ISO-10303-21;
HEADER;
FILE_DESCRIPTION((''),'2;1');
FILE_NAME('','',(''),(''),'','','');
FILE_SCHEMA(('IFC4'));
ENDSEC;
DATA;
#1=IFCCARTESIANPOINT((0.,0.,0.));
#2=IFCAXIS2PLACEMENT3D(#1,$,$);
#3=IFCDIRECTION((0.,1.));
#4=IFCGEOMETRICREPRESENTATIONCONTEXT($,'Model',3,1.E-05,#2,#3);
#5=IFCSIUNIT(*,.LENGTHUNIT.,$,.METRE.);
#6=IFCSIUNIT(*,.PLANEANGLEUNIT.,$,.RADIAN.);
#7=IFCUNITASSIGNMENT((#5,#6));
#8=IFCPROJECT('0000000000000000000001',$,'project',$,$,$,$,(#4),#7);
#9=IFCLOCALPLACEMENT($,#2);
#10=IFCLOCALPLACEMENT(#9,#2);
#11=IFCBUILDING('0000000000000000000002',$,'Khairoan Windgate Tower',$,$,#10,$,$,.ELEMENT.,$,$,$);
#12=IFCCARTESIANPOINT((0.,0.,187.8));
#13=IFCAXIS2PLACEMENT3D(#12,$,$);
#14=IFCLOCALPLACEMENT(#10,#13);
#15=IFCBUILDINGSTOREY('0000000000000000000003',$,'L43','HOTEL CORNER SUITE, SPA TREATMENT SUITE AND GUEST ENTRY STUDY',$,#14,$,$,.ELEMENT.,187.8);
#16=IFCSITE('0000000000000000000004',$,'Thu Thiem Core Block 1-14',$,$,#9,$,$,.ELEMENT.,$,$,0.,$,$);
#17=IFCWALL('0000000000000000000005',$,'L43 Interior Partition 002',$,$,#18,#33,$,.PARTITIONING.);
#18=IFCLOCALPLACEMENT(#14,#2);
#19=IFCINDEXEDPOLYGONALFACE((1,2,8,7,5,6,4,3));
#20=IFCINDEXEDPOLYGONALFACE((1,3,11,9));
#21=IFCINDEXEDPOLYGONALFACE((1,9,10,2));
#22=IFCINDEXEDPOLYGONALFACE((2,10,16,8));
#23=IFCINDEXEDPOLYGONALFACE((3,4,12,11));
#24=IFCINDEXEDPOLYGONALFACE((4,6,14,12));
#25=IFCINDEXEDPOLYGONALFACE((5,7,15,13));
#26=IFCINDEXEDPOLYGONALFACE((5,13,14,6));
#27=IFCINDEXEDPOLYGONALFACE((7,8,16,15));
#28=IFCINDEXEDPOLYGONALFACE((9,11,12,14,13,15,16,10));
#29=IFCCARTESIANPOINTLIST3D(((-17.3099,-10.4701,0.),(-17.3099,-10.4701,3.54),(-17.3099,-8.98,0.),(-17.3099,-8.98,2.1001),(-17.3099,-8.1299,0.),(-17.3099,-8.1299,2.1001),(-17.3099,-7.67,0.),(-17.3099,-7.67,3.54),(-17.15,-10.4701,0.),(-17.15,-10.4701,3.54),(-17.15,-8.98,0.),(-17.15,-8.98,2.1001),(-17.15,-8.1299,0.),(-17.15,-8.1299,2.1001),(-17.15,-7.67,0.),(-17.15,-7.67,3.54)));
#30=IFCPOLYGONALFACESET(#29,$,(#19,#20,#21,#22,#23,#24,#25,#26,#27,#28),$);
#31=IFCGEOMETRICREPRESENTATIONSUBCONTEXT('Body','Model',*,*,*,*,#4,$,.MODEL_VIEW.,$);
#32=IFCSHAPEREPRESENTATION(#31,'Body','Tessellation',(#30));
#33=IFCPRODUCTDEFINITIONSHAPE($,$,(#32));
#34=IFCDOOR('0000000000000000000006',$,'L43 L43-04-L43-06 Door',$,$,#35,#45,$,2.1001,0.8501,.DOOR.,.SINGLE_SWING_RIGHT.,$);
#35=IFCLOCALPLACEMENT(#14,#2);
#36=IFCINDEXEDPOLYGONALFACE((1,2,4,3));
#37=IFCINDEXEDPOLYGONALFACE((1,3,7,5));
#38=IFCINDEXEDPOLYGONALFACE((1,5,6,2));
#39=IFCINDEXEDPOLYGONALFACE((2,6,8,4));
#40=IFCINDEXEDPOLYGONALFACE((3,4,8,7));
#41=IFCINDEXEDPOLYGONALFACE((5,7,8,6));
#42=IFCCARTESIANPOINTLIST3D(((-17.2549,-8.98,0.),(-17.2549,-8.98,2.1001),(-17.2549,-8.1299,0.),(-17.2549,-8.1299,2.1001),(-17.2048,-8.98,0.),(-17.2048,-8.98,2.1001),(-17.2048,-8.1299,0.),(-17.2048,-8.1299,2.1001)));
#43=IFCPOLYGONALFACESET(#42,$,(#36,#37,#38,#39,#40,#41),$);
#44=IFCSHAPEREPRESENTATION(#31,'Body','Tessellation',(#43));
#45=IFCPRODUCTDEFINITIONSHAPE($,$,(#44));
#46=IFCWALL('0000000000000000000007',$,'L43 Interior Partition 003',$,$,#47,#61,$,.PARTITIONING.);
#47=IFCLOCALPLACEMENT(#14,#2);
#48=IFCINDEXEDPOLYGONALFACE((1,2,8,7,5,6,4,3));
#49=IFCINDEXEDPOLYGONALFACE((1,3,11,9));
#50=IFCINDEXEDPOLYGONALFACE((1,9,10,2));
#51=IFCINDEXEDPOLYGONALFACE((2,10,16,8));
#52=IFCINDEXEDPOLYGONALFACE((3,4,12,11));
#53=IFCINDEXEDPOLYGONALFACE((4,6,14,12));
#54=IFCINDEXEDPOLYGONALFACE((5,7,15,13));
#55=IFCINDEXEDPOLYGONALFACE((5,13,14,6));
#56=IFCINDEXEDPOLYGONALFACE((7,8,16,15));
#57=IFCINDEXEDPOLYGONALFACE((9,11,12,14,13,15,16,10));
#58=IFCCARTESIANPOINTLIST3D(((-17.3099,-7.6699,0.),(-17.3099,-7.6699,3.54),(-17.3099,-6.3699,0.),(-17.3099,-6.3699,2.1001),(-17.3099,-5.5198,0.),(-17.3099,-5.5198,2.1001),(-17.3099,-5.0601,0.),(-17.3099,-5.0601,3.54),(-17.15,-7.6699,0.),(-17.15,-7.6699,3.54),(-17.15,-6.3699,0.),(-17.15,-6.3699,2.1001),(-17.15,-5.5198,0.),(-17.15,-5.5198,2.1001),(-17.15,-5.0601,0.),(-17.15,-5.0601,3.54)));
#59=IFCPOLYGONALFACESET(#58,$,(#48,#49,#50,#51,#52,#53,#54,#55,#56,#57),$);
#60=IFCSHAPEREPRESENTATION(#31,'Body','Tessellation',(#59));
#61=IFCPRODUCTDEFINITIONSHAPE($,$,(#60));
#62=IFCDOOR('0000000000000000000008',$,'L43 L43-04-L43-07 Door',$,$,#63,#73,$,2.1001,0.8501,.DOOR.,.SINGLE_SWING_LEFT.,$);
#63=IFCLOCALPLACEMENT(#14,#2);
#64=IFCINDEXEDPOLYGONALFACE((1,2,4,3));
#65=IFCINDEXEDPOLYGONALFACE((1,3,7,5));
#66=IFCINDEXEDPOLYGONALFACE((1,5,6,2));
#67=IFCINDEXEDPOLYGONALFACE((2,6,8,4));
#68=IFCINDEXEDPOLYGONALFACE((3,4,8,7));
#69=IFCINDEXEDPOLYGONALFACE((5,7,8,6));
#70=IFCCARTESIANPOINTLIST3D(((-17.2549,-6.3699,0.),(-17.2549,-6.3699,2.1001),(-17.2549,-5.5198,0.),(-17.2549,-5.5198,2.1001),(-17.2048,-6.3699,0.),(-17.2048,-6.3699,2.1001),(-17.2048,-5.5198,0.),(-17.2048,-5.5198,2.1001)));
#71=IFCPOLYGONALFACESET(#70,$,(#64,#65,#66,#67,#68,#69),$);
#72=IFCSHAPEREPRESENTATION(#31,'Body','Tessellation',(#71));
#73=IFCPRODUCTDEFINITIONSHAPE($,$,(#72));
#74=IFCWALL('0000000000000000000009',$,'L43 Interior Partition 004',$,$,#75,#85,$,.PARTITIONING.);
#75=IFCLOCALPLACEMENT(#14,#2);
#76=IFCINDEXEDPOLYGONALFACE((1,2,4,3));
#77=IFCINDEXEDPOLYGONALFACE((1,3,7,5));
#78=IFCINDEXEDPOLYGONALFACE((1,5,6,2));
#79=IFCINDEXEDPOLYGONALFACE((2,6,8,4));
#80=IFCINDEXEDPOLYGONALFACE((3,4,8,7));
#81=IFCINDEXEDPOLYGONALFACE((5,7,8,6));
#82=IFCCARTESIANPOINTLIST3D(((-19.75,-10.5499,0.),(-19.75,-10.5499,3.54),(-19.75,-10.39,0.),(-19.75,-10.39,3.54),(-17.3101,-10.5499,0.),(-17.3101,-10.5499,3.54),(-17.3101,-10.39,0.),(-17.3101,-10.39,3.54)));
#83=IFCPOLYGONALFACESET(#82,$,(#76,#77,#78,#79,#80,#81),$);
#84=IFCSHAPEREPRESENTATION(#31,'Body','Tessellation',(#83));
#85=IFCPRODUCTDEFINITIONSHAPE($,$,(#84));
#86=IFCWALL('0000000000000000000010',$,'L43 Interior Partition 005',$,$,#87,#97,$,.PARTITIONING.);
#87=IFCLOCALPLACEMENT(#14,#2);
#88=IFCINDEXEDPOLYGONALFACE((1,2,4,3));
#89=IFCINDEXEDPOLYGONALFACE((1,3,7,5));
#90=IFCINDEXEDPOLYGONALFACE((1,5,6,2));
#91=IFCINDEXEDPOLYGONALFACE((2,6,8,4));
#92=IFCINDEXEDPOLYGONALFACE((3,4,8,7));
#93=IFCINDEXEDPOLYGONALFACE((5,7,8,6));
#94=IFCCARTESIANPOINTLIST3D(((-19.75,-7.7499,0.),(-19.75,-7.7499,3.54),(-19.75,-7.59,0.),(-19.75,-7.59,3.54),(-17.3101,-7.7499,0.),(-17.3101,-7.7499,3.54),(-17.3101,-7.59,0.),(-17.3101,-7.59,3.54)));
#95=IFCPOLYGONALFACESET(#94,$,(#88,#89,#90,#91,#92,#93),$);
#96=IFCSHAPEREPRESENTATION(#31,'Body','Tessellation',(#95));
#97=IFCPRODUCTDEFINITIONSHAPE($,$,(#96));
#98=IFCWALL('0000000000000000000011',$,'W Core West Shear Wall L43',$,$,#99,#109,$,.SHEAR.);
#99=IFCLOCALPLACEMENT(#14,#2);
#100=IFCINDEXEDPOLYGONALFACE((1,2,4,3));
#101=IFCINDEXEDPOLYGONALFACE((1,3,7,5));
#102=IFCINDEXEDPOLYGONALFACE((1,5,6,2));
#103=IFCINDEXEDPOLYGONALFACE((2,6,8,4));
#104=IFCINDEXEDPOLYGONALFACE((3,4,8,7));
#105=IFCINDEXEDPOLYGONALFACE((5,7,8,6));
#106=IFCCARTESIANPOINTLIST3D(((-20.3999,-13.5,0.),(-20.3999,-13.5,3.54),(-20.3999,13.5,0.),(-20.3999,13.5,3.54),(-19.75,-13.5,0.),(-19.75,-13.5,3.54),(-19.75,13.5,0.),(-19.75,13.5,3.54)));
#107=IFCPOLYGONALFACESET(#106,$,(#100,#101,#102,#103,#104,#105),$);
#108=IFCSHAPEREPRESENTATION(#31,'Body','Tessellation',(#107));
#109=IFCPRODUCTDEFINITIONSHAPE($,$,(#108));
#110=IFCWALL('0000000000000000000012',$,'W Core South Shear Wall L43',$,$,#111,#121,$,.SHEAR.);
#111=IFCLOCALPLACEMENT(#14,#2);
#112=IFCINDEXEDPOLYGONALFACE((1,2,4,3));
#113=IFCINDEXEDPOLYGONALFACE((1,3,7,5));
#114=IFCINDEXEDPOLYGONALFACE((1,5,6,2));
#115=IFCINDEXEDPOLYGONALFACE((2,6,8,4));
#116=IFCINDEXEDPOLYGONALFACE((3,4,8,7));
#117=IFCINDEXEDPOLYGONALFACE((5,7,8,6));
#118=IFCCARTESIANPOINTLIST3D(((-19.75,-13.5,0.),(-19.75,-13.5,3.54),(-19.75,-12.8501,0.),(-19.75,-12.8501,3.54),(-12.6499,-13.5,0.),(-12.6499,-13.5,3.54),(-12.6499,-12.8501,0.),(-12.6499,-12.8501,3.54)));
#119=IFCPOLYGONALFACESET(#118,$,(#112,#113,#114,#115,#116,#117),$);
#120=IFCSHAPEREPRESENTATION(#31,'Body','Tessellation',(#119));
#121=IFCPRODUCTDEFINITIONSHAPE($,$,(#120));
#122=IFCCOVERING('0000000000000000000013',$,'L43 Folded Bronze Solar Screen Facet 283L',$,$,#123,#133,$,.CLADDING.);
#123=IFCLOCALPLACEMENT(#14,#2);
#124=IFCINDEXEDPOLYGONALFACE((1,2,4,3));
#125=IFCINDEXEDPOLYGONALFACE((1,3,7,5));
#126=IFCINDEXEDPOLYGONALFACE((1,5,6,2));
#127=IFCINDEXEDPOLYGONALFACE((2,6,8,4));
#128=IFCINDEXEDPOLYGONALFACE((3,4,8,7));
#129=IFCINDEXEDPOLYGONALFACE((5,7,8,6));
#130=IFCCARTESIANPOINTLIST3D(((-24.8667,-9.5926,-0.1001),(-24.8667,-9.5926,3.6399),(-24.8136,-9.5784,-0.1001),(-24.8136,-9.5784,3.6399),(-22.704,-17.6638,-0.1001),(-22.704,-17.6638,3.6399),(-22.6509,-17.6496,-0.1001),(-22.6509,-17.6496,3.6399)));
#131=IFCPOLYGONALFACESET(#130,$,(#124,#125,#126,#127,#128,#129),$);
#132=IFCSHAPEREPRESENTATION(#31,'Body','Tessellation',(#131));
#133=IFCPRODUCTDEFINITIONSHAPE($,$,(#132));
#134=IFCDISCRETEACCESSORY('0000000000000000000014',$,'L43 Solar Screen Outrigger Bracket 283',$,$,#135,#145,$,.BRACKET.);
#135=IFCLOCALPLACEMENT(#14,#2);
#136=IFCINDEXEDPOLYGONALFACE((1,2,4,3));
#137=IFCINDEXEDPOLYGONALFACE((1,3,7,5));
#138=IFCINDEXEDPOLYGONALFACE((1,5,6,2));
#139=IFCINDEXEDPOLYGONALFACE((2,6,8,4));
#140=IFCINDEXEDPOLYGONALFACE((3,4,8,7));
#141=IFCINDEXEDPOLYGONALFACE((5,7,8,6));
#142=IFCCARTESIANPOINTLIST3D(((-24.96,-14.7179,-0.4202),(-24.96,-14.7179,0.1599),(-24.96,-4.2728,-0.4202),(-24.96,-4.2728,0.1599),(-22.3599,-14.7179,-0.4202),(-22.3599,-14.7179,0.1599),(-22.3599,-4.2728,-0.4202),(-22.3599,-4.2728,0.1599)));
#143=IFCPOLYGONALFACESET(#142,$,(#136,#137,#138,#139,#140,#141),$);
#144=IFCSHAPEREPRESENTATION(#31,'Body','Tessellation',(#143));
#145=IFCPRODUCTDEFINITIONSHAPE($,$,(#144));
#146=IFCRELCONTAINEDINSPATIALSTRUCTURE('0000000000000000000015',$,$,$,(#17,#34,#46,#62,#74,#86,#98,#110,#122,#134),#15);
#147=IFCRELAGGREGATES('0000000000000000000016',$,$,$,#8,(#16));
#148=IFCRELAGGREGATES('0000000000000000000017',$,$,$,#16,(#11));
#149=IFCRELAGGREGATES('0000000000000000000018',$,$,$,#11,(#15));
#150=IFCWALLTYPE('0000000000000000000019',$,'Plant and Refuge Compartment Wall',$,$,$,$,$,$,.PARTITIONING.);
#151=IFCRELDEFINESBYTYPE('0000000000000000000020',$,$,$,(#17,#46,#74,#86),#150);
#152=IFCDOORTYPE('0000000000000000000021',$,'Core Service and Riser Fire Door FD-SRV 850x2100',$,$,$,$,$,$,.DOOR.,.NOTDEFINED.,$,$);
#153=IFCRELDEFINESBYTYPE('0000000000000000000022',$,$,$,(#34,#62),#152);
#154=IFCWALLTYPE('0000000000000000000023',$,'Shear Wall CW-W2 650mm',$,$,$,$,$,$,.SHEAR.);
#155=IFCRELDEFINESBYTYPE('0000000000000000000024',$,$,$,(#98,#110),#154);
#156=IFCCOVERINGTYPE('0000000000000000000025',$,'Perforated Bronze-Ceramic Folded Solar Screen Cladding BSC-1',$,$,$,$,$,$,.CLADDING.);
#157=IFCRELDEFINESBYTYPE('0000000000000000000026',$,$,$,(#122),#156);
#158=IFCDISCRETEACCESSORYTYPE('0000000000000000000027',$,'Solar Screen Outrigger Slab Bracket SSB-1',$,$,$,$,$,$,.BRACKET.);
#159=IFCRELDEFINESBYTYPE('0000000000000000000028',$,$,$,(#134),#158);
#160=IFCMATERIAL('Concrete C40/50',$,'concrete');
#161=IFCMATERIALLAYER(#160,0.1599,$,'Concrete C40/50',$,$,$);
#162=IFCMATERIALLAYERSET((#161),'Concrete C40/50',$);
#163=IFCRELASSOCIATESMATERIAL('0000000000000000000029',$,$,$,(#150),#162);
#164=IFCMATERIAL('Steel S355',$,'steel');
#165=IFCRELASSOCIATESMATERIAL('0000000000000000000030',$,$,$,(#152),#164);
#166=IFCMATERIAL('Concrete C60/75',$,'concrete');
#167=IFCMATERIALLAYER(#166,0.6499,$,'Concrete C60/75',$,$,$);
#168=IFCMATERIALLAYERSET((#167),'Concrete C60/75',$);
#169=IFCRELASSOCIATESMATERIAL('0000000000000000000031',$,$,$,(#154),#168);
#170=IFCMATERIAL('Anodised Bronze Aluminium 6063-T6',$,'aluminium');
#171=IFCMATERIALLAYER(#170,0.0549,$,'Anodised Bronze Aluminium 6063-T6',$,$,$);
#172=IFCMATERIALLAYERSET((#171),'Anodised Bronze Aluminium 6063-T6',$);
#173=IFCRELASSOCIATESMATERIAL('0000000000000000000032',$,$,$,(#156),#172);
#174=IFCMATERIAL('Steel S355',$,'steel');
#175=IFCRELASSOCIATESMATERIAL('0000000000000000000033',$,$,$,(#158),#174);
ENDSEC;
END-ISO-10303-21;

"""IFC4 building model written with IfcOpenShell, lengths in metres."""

from ifc_helpers import new_model, si_unit, direction, frame, frame_2d, origin, origin_2d, place, context, subcontext, project, spatial, rectangle, extrude, material, layer, layer_set, type_object, element, fill, save


model = new_model("IFC4")

# Units and contexts
model_context = context("Model", 3, precision=1e-05, world=origin(), true_north=direction((0.0, 1.0)))
body_context = subcontext(model_context, "Body", "Model", "MODEL_VIEW")
ifc_project = project(units=[si_unit("LENGTHUNIT", "METRE"), si_unit("PLANEANGLEUNIT", "RADIAN")], contexts=[model_context])

# Site, building, storey
site_placement = place(None, origin())
site = spatial("IfcSite", under=ifc_project, at=site_placement, Name="Thu Thiem Core Block 1-14", CompositionType="ELEMENT", RefElevation=0.0)
building_placement = place(site_placement, origin())
building = spatial("IfcBuilding", under=site, at=building_placement, Name="Khairoan Windgate Tower", CompositionType="ELEMENT")
storey_placement = place(building_placement, frame((0.0, 0.0, 187.8)))
storey = spatial("IfcBuildingStorey", under=building, at=storey_placement, Name="L43", Description="HOTEL CORNER SUITE, SPA TREATMENT SUITE AND GUEST ENTRY STUDY", CompositionType="ELEMENT", Elevation=187.8)

# Walls, openings, doors
ifc_material_1 = material(Name="Concrete C40/50", Category="concrete")
ifc_layer_1 = layer(ifc_material_1, 0.1599, Name="Concrete C40/50")
ifc_layer_set_1 = layer_set([ifc_layer_1], Name="Concrete C40/50")
wall_type_1 = type_object("IfcWallType", Name="Plant and Refuge Compartment Wall", PredefinedType="PARTITIONING", material=ifc_layer_set_1)
ifc_material_2 = material(Name="Steel S355", Category="steel")
door_type = type_object("IfcDoorType", Name="Core Service and Riser Fire Door FD-SRV 850x2100", OperationType="NOTDEFINED", PredefinedType="DOOR", material=ifc_material_2)
wall_1_placement = place(storey_placement, frame((-17.23, -10.47, 0.0), z_axis=(0.0, 0.0, 1.0), x_axis=(0.0, 1.0, 0.0)))
wall_1 = element("IfcWall", 1, at=wall_1_placement, inside=storey, type_object=wall_type_1, Name="L43 Interior Partition 002", PredefinedType="PARTITIONING", context=body_context, shape_type="SweptSolid", body=[
    extrude(rectangle(XDim=2.8, YDim=0.1599, at=frame_2d((1.3999, 0.0))), origin(), (0.0, 0.0, 1.0), 3.54),
])
opening_1_placement = place(wall_1_placement, frame((1.49, 0.0, 0.0)))
opening_1 = element("IfcOpeningElement", 2, at=opening_1_placement, cuts=wall_1, PredefinedType="OPENING", context=body_context, shape_type="SweptSolid", body=[
    extrude(rectangle(XDim=0.8501, YDim=2.1001, at=frame_2d((0.425, 1.05))), frame((0.0, 0.0898, 0.0), z_axis=(0.0, -1.0, 0.0), x_axis=(1.0, 0.0, 0.0)), (0.0, 0.0, 1.0), 0.1799),
])
door_1_placement = place(opening_1_placement, origin())
door_1 = element("IfcDoor", 3, at=door_1_placement, inside=storey, type_object=door_type, Name="L43 L43-04-L43-06 Door", OperationType="SINGLE_SWING_RIGHT", OverallHeight=2.1001, OverallWidth=0.8501, PredefinedType="DOOR", context=body_context, shape_type="SweptSolid", body=[
    extrude(rectangle(XDim=0.8501, YDim=2.1001, at=frame_2d((0.425, 1.05))), frame((0.0, 0.0249, 0.0), z_axis=(0.0, -1.0, 0.0), x_axis=(1.0, 0.0, 0.0)), (0.0, 0.0, 1.0), 0.05),
])
fill(opening_1, door_1)
wall_2_placement = place(storey_placement, frame((-17.23, -7.6699, 0.0), z_axis=(0.0, 0.0, 1.0), x_axis=(0.0, 1.0, 0.0)))
wall_2 = element("IfcWall", 4, at=wall_2_placement, inside=storey, type_object=wall_type_1, Name="L43 Interior Partition 003", PredefinedType="PARTITIONING", context=body_context, shape_type="SweptSolid", body=[
    extrude(rectangle(XDim=2.6099, YDim=0.1599, at=frame_2d((1.3049, 0.0))), origin(), (0.0, 0.0, 1.0), 3.54),
])
opening_2_placement = place(wall_2_placement, frame((1.3, 0.0, 0.0)))
opening_2 = element("IfcOpeningElement", 5, at=opening_2_placement, cuts=wall_2, PredefinedType="OPENING", context=body_context, shape_type="SweptSolid", body=[
    extrude(rectangle(XDim=0.8501, YDim=2.1001, at=frame_2d((0.425, 1.05))), frame((0.0, 0.0898, 0.0), z_axis=(0.0, -1.0, 0.0), x_axis=(1.0, 0.0, 0.0)), (0.0, 0.0, 1.0), 0.1799),
])
door_2_placement = place(opening_2_placement, origin())
door_2 = element("IfcDoor", 6, at=door_2_placement, inside=storey, type_object=door_type, Name="L43 L43-04-L43-07 Door", OperationType="SINGLE_SWING_LEFT", OverallHeight=2.1001, OverallWidth=0.8501, PredefinedType="DOOR", context=body_context, shape_type="SweptSolid", body=[
    extrude(rectangle(XDim=0.8501, YDim=2.1001, at=frame_2d((0.425, 1.05))), frame((0.0, 0.0249, 0.0), z_axis=(0.0, -1.0, 0.0), x_axis=(1.0, 0.0, 0.0)), (0.0, 0.0, 1.0), 0.05),
])
fill(opening_2, door_2)

# Walls
for number, where, z_axis, x_axis, name in (
    (7, (-19.75, -10.47, 0.0), (0.0, 0.0, 1.0), (1.0, 0.0, 0.0), "L43 Interior Partition 004"),
    (8, (-19.75, -7.6699, 0.0), (0.0, 0.0, 1.0), (1.0, 0.0, 0.0), "L43 Interior Partition 005"),
):
    element("IfcWall", number, at=place(storey_placement, frame(where, z_axis=z_axis, x_axis=x_axis)), inside=storey, type_object=wall_type_1, Name=name, PredefinedType="PARTITIONING", context=body_context, shape_type="SweptSolid", body=[
        extrude(rectangle(XDim=2.4399, YDim=0.1599, at=frame_2d((1.22, 0.0))), origin(), (0.0, 0.0, 1.0), 3.54),
    ])
ifc_material_3 = material(Name="Concrete C60/75", Category="concrete")
ifc_layer_2 = layer(ifc_material_3, 0.6499, Name="Concrete C60/75")
ifc_layer_set_2 = layer_set([ifc_layer_2], Name="Concrete C60/75")
wall_type_2 = type_object("IfcWallType", Name="Shear Wall CW-W2 650mm", PredefinedType="SHEAR", material=ifc_layer_set_2)
wall_3_placement = place(storey_placement, frame((-20.075, -13.5, 0.0), z_axis=(0.0, 0.0, 1.0), x_axis=(0.0, 1.0, 0.0)))
element("IfcWall", 9, at=wall_3_placement, inside=storey, type_object=wall_type_2, Name="W Core West Shear Wall L43", PredefinedType="SHEAR", context=body_context, shape_type="SweptSolid", body=[
    extrude(rectangle(XDim=27.0, YDim=0.6499, at=frame_2d((13.5, 0.0))), origin(), (0.0, 0.0, 1.0), 3.54),
])
wall_4_placement = place(storey_placement, frame((-19.75, -13.175, 0.0), z_axis=(0.0, 0.0, 1.0), x_axis=(1.0, 0.0, 0.0)))
element("IfcWall", 10, at=wall_4_placement, inside=storey, type_object=wall_type_2, Name="W Core South Shear Wall L43", PredefinedType="SHEAR", context=body_context, shape_type="SweptSolid", body=[
    extrude(rectangle(XDim=7.1001, YDim=0.6499, at=frame_2d((3.55, 0.0))), origin(), (0.0, 0.0, 1.0), 3.54),
])

# Covering
ifc_material_4 = material(Name="Anodised Bronze Aluminium 6063-T6", Category="aluminium")
ifc_layer_3 = layer(ifc_material_4, 0.0549, Name="Anodised Bronze Aluminium 6063-T6")
ifc_layer_set_3 = layer_set([ifc_layer_3], Name="Anodised Bronze Aluminium 6063-T6")
covering_type = type_object("IfcCoveringType", Name="Perforated Bronze-Ceramic Folded Solar Screen Cladding BSC-1", PredefinedType="CLADDING", material=ifc_layer_set_3)
covering_placement = place(storey_placement, frame((-23.7588, -13.6211, -0.1001), z_axis=(0.0, 0.0, 1.0), x_axis=(-0.258819, 0.965926, 0.0)))
element("IfcCovering", 11, at=covering_placement, inside=storey, type_object=covering_type, Name="L43 Folded Bronze Solar Screen Facet 283L", PredefinedType="CLADDING", context=body_context, shape_type="SweptSolid", body=[
    extrude(rectangle(XDim=8.356, YDim=0.0549, at=origin_2d()), origin(), (0.0, 0.0, 1.0), 3.74),
])

# Discrete accessory
ifc_material_5 = material(Name="Steel S355", Category="steel")
discrete_accessory_type = type_object("IfcDiscreteAccessoryType", Name="Solar Screen Outrigger Slab Bracket SSB-1", PredefinedType="BRACKET", material=ifc_material_5)
discrete_accessory_placement = place(storey_placement, frame((-23.6599, -9.4954, -0.4202), z_axis=(0.0, 0.0, 1.0), x_axis=(0.0, 1.0, 0.0)))
element("IfcDiscreteAccessory", 12, at=discrete_accessory_placement, inside=storey, type_object=discrete_accessory_type, Name="L43 Solar Screen Outrigger Bracket 283", PredefinedType="BRACKET", context=body_context, shape_type="SweptSolid", body=[
    extrude(rectangle(XDim=10.4451, YDim=2.6001, at=origin_2d()), origin(), (0.0, 0.0, 1.0), 0.5801),
])

save(model, "model.ifc")
